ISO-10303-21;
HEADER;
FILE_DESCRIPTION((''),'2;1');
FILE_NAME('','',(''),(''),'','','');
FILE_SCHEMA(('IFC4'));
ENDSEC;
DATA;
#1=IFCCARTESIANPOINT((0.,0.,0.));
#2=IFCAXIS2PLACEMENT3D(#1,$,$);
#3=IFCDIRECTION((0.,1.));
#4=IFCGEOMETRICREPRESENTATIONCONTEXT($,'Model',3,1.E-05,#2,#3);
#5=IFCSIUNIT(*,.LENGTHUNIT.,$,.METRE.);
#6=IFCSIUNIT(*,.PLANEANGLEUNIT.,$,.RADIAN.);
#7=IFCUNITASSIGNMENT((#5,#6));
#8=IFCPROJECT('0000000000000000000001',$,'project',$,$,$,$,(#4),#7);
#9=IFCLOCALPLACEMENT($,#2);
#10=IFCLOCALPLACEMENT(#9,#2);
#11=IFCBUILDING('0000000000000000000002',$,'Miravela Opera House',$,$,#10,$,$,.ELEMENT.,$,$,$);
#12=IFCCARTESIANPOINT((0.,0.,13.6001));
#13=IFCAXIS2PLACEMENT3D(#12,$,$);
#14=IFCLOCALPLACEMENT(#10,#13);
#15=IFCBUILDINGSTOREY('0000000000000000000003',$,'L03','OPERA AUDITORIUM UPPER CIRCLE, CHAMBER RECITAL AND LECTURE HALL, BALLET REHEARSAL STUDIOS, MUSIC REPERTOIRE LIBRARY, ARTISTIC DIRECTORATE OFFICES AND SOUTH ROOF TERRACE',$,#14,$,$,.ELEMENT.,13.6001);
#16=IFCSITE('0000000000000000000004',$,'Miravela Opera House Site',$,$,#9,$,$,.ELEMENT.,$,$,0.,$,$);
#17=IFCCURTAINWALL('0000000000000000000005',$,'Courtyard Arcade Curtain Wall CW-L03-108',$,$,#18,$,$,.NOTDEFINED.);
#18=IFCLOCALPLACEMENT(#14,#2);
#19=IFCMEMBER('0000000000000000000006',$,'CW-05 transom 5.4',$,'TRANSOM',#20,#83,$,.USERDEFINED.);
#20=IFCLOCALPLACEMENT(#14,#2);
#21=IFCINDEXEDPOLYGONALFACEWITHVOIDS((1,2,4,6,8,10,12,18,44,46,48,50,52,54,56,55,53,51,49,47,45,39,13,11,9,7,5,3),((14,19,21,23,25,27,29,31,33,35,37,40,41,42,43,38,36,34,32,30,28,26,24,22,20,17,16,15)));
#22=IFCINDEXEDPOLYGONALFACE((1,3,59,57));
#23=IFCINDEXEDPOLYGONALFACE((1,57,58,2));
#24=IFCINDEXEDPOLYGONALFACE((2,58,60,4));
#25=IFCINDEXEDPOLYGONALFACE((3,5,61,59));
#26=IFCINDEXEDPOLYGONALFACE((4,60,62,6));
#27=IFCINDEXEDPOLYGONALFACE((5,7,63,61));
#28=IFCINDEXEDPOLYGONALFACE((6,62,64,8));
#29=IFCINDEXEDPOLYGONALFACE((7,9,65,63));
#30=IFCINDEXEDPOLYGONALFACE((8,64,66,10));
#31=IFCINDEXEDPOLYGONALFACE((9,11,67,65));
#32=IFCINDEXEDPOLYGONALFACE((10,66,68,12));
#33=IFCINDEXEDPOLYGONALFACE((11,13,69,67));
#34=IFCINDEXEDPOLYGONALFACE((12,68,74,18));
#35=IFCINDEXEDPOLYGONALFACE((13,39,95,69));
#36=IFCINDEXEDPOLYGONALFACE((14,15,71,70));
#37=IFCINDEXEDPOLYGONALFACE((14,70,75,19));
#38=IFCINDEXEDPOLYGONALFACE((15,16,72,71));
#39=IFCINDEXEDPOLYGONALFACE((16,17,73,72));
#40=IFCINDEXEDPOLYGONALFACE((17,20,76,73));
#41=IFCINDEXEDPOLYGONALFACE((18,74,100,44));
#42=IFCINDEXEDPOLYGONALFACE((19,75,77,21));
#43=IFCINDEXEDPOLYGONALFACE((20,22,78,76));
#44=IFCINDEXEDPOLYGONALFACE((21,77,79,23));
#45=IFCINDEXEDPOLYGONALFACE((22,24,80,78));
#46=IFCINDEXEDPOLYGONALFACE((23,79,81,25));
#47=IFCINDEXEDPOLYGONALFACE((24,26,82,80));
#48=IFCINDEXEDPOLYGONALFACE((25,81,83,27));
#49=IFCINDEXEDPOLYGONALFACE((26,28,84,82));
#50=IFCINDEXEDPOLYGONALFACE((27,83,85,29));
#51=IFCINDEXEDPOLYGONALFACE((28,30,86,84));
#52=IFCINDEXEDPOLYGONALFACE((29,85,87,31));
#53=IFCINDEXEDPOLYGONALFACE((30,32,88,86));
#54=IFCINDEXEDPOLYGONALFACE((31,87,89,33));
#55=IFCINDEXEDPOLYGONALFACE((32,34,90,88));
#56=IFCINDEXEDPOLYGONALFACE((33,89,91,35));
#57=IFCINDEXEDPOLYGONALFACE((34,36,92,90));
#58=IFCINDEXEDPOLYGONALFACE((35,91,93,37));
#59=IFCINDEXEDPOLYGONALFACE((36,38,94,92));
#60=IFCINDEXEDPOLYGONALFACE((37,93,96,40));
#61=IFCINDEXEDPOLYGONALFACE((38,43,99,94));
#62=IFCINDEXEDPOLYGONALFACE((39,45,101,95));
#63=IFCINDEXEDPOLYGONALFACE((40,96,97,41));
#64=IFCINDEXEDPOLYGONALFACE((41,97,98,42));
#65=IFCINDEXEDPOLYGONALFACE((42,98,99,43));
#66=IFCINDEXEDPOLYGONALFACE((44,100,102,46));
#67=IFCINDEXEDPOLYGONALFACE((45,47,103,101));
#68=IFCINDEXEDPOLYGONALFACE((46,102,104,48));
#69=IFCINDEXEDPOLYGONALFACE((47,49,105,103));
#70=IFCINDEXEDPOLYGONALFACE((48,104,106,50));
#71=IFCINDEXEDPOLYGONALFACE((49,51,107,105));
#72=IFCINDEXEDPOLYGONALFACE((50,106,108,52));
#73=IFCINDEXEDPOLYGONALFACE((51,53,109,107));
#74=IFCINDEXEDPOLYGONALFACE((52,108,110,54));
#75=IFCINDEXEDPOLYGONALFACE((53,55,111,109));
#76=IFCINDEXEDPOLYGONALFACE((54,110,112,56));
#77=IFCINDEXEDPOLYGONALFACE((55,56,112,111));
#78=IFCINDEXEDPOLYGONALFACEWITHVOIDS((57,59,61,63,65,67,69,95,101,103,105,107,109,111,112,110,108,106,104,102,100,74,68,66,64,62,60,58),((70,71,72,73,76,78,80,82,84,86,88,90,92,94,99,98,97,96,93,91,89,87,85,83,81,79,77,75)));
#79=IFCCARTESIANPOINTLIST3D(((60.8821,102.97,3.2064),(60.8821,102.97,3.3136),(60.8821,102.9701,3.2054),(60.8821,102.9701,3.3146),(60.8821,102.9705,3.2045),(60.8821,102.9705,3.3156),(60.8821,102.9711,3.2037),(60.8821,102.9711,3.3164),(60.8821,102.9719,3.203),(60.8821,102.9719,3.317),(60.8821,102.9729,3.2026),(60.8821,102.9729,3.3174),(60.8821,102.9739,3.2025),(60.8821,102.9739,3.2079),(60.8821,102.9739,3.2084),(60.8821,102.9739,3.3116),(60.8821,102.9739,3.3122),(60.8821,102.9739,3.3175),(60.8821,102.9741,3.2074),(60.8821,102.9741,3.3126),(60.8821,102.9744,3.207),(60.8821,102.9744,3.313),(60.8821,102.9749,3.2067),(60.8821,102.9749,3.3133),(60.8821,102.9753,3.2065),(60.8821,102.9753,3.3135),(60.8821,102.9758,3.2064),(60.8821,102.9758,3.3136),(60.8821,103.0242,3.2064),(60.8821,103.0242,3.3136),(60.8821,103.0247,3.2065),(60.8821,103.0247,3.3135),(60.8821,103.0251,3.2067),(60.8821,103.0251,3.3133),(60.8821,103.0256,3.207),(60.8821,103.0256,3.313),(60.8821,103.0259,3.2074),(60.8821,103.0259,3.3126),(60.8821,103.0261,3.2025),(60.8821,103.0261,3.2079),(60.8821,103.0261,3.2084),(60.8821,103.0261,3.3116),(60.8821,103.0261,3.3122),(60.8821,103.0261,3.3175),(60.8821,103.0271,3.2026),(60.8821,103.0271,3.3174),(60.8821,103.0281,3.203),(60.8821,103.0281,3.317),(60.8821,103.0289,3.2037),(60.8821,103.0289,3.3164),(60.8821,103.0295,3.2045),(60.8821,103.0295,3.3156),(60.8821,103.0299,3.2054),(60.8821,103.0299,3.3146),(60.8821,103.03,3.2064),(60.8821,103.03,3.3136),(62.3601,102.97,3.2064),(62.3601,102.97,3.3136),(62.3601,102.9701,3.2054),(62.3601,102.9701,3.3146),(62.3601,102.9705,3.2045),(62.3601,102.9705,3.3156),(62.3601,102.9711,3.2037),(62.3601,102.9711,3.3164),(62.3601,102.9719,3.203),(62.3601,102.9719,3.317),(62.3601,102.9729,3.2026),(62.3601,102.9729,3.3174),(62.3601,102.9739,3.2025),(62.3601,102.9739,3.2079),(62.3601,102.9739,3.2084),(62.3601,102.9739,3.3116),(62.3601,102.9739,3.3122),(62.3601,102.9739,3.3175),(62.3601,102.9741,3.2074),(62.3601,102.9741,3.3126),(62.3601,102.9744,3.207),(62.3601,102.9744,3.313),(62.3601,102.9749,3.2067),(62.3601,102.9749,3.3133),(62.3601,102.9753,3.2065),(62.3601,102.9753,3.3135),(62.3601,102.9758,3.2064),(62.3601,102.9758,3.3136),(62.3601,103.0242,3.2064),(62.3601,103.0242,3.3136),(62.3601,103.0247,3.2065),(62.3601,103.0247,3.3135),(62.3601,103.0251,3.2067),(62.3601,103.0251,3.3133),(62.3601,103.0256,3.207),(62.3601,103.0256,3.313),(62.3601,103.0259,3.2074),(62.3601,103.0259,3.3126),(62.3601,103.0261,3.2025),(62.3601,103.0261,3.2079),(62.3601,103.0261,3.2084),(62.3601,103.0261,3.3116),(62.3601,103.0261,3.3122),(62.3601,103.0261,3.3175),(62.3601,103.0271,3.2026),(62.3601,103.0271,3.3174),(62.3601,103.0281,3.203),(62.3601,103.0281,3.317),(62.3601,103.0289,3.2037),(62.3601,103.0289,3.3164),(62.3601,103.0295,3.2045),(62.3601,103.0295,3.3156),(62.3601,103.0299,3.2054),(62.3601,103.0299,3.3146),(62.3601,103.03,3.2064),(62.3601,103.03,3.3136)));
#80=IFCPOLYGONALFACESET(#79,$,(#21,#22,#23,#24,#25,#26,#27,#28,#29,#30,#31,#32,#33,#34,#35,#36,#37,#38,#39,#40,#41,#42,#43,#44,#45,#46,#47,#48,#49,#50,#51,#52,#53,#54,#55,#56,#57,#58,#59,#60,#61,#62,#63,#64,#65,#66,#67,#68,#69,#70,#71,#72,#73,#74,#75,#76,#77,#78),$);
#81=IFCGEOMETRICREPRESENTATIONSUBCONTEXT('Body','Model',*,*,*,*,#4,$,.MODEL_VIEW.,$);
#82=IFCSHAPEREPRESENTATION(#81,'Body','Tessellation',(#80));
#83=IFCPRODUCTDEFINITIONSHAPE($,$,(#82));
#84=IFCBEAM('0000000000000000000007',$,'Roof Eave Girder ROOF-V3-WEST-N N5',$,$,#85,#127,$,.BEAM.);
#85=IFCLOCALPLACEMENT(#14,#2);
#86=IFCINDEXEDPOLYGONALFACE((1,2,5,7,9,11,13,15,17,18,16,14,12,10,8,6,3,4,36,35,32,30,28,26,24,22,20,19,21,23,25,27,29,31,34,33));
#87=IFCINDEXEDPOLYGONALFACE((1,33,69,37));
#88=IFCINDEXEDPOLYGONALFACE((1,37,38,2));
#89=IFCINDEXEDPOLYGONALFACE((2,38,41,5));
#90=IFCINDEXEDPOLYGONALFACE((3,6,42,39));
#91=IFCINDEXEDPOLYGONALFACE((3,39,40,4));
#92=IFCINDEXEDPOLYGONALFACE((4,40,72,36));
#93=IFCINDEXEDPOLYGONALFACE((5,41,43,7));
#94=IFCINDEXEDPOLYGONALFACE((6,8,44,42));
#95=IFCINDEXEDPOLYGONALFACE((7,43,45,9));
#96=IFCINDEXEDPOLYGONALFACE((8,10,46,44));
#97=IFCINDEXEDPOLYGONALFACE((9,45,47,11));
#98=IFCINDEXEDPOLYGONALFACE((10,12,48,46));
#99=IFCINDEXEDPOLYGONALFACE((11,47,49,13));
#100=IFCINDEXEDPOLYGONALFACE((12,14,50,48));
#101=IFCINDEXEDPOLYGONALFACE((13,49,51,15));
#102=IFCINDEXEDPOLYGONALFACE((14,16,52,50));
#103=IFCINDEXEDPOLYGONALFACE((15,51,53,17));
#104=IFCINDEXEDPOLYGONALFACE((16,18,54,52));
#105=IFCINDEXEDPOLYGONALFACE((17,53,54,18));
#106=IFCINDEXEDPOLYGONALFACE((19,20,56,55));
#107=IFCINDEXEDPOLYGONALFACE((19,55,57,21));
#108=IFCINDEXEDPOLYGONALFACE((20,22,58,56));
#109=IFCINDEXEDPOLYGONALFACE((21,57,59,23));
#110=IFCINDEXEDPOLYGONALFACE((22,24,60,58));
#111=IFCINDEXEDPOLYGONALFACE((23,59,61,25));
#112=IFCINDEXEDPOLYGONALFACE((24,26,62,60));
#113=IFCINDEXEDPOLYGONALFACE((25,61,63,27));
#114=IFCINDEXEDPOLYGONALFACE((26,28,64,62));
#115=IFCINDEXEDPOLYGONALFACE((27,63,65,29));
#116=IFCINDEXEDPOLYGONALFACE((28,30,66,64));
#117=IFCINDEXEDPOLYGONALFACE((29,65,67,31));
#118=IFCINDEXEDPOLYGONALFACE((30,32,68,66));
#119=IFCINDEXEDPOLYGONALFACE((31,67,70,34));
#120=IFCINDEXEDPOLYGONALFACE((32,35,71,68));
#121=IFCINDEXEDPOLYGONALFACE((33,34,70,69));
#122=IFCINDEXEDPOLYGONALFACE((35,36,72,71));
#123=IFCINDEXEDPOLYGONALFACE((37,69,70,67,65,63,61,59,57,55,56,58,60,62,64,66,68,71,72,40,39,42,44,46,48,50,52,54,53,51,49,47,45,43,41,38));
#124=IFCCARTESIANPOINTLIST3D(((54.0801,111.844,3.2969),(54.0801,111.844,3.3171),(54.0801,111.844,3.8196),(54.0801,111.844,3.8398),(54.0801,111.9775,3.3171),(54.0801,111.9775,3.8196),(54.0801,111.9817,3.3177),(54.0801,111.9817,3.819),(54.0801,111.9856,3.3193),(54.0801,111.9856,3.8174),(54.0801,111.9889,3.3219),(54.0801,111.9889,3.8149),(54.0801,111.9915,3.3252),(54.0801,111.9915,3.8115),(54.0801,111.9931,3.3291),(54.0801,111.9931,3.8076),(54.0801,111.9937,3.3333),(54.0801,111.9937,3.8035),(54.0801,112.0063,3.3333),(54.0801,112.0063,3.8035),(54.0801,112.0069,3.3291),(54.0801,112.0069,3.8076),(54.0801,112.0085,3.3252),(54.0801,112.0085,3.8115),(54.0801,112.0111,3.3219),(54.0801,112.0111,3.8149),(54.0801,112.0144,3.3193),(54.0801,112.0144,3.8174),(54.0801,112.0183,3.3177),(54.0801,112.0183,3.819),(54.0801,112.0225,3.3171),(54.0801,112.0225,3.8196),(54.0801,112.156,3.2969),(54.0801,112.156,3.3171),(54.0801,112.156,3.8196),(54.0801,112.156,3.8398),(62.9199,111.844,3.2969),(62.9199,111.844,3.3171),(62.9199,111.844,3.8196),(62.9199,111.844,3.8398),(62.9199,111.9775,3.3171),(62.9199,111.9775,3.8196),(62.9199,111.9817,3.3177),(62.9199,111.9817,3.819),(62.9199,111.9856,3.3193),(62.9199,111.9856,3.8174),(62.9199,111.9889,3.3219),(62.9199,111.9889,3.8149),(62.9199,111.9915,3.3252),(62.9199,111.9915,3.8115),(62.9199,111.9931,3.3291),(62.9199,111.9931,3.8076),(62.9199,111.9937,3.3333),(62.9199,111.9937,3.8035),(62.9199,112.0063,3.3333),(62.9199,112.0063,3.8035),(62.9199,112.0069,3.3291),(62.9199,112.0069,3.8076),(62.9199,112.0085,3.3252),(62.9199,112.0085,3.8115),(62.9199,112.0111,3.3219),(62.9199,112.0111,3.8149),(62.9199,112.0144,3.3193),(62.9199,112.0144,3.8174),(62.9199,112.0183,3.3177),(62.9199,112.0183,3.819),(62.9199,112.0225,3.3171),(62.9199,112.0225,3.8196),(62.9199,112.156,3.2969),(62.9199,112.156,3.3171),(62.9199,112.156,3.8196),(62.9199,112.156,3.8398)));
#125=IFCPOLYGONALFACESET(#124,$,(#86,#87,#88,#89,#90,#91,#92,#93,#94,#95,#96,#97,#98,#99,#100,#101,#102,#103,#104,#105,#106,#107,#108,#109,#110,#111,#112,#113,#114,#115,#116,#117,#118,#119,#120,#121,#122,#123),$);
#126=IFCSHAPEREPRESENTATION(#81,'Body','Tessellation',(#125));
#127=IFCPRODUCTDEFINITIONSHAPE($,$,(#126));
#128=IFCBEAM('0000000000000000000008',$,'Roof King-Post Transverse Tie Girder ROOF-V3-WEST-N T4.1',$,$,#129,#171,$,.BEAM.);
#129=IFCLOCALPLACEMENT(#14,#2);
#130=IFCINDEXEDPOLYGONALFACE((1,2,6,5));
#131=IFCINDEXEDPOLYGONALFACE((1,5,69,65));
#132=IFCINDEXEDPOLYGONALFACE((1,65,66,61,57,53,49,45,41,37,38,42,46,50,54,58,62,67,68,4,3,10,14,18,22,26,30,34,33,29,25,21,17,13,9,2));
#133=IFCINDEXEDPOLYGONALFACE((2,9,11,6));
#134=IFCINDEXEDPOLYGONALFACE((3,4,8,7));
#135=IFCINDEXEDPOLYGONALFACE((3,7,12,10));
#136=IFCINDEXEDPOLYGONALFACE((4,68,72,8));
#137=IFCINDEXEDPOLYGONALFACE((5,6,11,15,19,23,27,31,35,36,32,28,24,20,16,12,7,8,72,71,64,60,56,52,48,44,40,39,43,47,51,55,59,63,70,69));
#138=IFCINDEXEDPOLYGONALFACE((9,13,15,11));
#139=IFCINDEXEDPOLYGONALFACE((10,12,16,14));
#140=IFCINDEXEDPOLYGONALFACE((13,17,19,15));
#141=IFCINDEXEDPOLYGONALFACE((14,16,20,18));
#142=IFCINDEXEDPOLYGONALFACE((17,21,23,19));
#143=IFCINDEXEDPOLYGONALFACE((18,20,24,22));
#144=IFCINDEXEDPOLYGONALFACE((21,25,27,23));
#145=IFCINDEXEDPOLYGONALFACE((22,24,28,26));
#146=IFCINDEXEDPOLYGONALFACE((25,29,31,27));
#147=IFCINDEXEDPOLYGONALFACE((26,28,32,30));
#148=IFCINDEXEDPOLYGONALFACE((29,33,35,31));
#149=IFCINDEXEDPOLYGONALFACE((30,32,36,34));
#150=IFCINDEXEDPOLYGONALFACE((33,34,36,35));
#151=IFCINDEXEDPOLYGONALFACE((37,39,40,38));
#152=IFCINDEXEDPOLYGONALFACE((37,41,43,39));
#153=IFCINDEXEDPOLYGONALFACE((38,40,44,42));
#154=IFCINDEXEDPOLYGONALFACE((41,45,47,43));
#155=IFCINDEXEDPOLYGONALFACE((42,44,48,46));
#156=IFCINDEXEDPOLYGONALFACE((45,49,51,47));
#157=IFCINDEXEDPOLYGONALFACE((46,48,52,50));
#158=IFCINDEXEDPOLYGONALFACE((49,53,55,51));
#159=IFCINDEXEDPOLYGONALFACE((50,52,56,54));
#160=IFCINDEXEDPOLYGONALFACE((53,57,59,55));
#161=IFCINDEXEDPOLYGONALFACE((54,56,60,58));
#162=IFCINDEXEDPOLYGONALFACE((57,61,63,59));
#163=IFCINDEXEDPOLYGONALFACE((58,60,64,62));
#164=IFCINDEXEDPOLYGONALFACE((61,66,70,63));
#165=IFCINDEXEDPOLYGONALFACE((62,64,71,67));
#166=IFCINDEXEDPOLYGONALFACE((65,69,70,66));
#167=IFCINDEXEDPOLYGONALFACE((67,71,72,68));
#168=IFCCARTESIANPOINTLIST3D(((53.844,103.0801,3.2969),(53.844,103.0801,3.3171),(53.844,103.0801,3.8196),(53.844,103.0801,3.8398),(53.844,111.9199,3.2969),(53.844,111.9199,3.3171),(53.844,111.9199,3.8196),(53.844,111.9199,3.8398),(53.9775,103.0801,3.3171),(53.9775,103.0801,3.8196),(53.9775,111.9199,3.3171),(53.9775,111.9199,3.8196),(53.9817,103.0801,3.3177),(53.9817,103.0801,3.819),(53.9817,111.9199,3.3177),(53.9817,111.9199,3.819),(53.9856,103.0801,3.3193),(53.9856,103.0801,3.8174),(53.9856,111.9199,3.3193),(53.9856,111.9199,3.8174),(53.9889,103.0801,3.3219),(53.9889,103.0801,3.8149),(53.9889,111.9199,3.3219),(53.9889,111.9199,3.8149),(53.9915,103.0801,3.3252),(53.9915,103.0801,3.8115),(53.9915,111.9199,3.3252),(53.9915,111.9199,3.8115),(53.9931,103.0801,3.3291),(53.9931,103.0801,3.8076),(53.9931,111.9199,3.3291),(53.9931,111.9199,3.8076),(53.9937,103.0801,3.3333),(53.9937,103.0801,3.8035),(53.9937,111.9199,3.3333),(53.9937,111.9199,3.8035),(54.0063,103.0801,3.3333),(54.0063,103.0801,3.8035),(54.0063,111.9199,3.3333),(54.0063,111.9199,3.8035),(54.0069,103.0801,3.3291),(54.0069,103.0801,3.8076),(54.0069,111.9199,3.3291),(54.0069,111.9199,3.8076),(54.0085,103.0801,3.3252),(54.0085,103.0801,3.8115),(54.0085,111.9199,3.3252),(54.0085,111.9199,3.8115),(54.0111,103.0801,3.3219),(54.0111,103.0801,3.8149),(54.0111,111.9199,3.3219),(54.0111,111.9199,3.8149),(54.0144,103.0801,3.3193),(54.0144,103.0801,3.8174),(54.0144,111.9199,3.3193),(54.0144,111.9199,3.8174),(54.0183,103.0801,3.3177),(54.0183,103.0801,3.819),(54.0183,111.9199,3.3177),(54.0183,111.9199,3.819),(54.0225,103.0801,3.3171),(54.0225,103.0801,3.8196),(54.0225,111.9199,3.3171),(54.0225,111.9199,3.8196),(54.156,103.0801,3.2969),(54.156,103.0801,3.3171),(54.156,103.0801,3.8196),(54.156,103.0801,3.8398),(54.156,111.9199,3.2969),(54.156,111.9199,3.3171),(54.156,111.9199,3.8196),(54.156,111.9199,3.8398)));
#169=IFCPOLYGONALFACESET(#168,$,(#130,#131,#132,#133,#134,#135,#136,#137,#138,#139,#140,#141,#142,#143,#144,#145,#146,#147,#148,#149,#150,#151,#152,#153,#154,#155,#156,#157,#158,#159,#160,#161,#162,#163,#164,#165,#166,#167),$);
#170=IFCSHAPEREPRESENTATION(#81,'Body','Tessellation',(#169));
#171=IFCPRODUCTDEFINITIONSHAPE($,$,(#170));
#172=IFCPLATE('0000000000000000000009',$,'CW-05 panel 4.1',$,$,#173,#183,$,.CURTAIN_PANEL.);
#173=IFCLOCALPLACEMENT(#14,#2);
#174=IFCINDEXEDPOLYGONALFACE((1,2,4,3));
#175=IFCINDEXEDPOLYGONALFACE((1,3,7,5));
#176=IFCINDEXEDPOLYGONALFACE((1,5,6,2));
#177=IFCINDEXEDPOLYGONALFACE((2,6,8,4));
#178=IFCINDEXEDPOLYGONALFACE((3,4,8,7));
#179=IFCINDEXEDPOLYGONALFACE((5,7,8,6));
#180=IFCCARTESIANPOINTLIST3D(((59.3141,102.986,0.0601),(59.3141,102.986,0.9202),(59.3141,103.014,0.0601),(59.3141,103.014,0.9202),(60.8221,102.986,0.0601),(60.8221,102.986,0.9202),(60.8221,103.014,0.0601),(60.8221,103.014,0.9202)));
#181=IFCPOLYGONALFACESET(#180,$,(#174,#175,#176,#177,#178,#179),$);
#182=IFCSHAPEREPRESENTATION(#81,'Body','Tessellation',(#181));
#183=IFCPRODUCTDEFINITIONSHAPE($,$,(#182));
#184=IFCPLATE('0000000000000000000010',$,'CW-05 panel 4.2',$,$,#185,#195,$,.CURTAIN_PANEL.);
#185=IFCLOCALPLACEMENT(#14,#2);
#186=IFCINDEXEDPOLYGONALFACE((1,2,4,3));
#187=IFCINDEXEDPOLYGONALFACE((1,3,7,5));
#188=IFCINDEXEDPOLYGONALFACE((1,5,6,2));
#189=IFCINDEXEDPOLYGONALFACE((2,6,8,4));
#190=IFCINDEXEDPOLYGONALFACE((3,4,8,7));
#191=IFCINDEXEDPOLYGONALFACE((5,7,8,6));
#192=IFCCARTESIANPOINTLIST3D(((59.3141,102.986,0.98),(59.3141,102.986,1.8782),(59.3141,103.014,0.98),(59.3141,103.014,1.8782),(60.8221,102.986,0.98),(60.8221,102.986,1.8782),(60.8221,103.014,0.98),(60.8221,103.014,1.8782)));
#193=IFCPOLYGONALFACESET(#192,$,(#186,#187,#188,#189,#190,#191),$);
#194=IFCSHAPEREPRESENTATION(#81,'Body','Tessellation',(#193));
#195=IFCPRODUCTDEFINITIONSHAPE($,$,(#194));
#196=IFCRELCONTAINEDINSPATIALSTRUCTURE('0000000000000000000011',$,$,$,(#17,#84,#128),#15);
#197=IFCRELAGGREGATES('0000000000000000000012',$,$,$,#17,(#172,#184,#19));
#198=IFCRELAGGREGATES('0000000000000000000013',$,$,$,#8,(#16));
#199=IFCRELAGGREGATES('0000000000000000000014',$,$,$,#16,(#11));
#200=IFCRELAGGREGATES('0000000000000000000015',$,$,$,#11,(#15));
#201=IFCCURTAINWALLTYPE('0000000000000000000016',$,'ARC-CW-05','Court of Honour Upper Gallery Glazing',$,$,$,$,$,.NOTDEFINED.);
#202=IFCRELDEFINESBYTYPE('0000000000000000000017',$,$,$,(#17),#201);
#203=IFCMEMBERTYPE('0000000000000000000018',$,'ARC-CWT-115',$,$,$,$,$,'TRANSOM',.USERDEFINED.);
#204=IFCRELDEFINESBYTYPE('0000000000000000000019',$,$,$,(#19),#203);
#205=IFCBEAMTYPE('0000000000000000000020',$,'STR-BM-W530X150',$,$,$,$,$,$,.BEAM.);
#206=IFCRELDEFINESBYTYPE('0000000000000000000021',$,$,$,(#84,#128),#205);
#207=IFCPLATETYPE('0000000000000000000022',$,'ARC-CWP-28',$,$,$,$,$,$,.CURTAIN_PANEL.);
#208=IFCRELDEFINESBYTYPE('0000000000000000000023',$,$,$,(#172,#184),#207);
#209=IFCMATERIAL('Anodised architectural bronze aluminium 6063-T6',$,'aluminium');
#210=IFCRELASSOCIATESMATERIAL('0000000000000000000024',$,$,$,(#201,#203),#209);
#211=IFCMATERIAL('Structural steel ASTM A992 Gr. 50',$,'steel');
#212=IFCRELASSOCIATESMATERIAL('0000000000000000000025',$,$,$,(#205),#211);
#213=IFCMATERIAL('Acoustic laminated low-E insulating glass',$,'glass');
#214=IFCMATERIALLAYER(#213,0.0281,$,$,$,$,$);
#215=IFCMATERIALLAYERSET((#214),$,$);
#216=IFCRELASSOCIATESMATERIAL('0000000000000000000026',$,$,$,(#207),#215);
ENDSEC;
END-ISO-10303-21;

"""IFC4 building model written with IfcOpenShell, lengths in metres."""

from ifc_helpers import new_model, si_unit, direction, frame, origin, origin_2d, place, context, subcontext, project, spatial, rectangle, hollow_rectangle, i_section, extrude, material, layer, layer_set, material_profile, profile_set, type_object, element, aggregate, save


model = new_model("IFC4")

# Units and contexts
model_context = context("Model", 3, precision=1e-05, world=origin(), true_north=direction((0.0, 1.0)))
body_context = subcontext(model_context, "Body", "Model", "MODEL_VIEW")
ifc_project = project(units=[si_unit("LENGTHUNIT", "METRE"), si_unit("PLANEANGLEUNIT", "RADIAN")], contexts=[model_context])

# Site, building, storey
site_placement = place(None, origin())
site = spatial("IfcSite", under=ifc_project, at=site_placement, Name="Miravela Opera House Site", CompositionType="ELEMENT", RefElevation=0.0)
building_placement = place(site_placement, origin())
building = spatial("IfcBuilding", under=site, at=building_placement, Name="Miravela Opera House", CompositionType="ELEMENT")
storey_placement = place(building_placement, frame((0.0, 0.0, 13.6001)))
storey = spatial("IfcBuildingStorey", under=building, at=storey_placement, Name="L03", Description="OPERA AUDITORIUM UPPER CIRCLE, CHAMBER RECITAL AND LECTURE HALL, BALLET REHEARSAL STUDIOS, MUSIC REPERTOIRE LIBRARY, ARTISTIC DIRECTORATE OFFICES AND SOUTH ROOF TERRACE", CompositionType="ELEMENT", Elevation=13.6001)

# Curtain wall, member
ifc_material_1 = material(Name="Anodised architectural bronze aluminium 6063-T6", Category="aluminium")
curtain_wall_type = type_object("IfcCurtainWallType", Name="ARC-CW-05", Description="Court of Honour Upper Gallery Glazing", PredefinedType="NOTDEFINED", material=ifc_material_1)
curtain_wall_placement = place(storey_placement, origin())
curtain_wall = element("IfcCurtainWall", 1, at=curtain_wall_placement, inside=storey, type_object=curtain_wall_type, Name="Courtyard Arcade Curtain Wall CW-L03-108", PredefinedType="NOTDEFINED")
ifc_material_profile_1 = material_profile(ifc_material_1, hollow_rectangle(XDim=0.0601, YDim=0.115, WallThickness=0.0039, InnerFilletRadius=0.002, OuterFilletRadius=0.0039, at=origin_2d()), Name="CWT-60X115")
ifc_profile_set_1 = profile_set([ifc_material_profile_1])
member_type_1 = type_object("IfcMemberType", Name="ARC-CWT-115", ElementType="TRANSOM", PredefinedType="USERDEFINED", material=ifc_profile_set_1)
member_1_placement = place(storey_placement, frame((60.8821, 103.0, 3.26), z_axis=(1.0, 0.0, 0.0), x_axis=(0.0, 1.0, 0.0)))
member_1 = element("IfcMember", 2, at=member_1_placement, type_object=member_type_1, Name="CW-05 transom 5.4", ObjectType="TRANSOM", PredefinedType="USERDEFINED", context=body_context, shape_type="SweptSolid", body=[
    extrude(hollow_rectangle(XDim=0.0601, YDim=0.115, WallThickness=0.0039, InnerFilletRadius=0.002, OuterFilletRadius=0.0039, at=origin_2d()), origin(), (0.0, 0.0, 1.0), 1.478),
])

# Beams
ifc_material_2 = material(Name="Structural steel ASTM A992 Gr. 50", Category="steel")
ifc_material_profile_2 = material_profile(ifc_material_2, i_section(OverallWidth=0.312, OverallDepth=0.543, WebThickness=0.0127, FlangeThickness=0.0203, FilletRadius=0.0161, at=origin_2d()), Name="W530X150")
ifc_profile_set_2 = profile_set([ifc_material_profile_2])
beam_type = type_object("IfcBeamType", Name="STR-BM-W530X150", PredefinedType="BEAM", material=ifc_profile_set_2)
for number, where, z_axis, x_axis, name in (
    (3, (54.0801, 112.0, 3.5684), (1.0, 0.0, 0.0), (0.0, 1.0, 0.0), "Roof Eave Girder ROOF-V3-WEST-N N5"),
    (4, (54.0, 103.0801, 3.5684), (0.0, 1.0, 0.0), (-1.0, 0.0, 0.0), "Roof King-Post Transverse Tie Girder ROOF-V3-WEST-N T4.1"),
):
    element("IfcBeam", number, at=place(storey_placement, frame(where, z_axis=z_axis, x_axis=x_axis)), inside=storey, type_object=beam_type, Name=name, PredefinedType="BEAM", context=body_context, shape_type="SweptSolid", body=[
        extrude(i_section(OverallWidth=0.312, OverallDepth=0.543, WebThickness=0.0127, FlangeThickness=0.0203, FilletRadius=0.0161, at=origin_2d()), origin(), (0.0, 0.0, 1.0), 8.8398),
    ])

# Plates
ifc_material_3 = material(Name="Acoustic laminated low-E insulating glass", Category="glass")
ifc_layer_1 = layer(ifc_material_3, 0.0281)
ifc_layer_set_1 = layer_set([ifc_layer_1])
plate_type = type_object("IfcPlateType", Name="ARC-CWP-28", PredefinedType="CURTAIN_PANEL", material=ifc_layer_set_1)
plate_1_placement = place(storey_placement, frame((60.0681, 103.0, 0.0601), z_axis=(0.0, 0.0, 1.0), x_axis=(1.0, 0.0, 0.0)))
plate_1 = element("IfcPlate", 5, at=plate_1_placement, type_object=plate_type, Name="CW-05 panel 4.1", PredefinedType="CURTAIN_PANEL", context=body_context, shape_type="SweptSolid", body=[
    extrude(rectangle(XDim=1.5081, YDim=0.0281, at=origin_2d()), origin(), (0.0, 0.0, 1.0), 0.8601),
])
plate_2_placement = place(storey_placement, frame((60.0681, 103.0, 0.98), z_axis=(0.0, 0.0, 1.0), x_axis=(1.0, 0.0, 0.0)))
plate_2 = element("IfcPlate", 6, at=plate_2_placement, type_object=plate_type, Name="CW-05 panel 4.2", PredefinedType="CURTAIN_PANEL", context=body_context, shape_type="SweptSolid", body=[
    extrude(rectangle(XDim=1.5081, YDim=0.0281, at=origin_2d()), origin(), (0.0, 0.0, 1.0), 0.8982),
])
aggregate(curtain_wall, [plate_1, plate_2, member_1])

save(model, "model.ifc")
